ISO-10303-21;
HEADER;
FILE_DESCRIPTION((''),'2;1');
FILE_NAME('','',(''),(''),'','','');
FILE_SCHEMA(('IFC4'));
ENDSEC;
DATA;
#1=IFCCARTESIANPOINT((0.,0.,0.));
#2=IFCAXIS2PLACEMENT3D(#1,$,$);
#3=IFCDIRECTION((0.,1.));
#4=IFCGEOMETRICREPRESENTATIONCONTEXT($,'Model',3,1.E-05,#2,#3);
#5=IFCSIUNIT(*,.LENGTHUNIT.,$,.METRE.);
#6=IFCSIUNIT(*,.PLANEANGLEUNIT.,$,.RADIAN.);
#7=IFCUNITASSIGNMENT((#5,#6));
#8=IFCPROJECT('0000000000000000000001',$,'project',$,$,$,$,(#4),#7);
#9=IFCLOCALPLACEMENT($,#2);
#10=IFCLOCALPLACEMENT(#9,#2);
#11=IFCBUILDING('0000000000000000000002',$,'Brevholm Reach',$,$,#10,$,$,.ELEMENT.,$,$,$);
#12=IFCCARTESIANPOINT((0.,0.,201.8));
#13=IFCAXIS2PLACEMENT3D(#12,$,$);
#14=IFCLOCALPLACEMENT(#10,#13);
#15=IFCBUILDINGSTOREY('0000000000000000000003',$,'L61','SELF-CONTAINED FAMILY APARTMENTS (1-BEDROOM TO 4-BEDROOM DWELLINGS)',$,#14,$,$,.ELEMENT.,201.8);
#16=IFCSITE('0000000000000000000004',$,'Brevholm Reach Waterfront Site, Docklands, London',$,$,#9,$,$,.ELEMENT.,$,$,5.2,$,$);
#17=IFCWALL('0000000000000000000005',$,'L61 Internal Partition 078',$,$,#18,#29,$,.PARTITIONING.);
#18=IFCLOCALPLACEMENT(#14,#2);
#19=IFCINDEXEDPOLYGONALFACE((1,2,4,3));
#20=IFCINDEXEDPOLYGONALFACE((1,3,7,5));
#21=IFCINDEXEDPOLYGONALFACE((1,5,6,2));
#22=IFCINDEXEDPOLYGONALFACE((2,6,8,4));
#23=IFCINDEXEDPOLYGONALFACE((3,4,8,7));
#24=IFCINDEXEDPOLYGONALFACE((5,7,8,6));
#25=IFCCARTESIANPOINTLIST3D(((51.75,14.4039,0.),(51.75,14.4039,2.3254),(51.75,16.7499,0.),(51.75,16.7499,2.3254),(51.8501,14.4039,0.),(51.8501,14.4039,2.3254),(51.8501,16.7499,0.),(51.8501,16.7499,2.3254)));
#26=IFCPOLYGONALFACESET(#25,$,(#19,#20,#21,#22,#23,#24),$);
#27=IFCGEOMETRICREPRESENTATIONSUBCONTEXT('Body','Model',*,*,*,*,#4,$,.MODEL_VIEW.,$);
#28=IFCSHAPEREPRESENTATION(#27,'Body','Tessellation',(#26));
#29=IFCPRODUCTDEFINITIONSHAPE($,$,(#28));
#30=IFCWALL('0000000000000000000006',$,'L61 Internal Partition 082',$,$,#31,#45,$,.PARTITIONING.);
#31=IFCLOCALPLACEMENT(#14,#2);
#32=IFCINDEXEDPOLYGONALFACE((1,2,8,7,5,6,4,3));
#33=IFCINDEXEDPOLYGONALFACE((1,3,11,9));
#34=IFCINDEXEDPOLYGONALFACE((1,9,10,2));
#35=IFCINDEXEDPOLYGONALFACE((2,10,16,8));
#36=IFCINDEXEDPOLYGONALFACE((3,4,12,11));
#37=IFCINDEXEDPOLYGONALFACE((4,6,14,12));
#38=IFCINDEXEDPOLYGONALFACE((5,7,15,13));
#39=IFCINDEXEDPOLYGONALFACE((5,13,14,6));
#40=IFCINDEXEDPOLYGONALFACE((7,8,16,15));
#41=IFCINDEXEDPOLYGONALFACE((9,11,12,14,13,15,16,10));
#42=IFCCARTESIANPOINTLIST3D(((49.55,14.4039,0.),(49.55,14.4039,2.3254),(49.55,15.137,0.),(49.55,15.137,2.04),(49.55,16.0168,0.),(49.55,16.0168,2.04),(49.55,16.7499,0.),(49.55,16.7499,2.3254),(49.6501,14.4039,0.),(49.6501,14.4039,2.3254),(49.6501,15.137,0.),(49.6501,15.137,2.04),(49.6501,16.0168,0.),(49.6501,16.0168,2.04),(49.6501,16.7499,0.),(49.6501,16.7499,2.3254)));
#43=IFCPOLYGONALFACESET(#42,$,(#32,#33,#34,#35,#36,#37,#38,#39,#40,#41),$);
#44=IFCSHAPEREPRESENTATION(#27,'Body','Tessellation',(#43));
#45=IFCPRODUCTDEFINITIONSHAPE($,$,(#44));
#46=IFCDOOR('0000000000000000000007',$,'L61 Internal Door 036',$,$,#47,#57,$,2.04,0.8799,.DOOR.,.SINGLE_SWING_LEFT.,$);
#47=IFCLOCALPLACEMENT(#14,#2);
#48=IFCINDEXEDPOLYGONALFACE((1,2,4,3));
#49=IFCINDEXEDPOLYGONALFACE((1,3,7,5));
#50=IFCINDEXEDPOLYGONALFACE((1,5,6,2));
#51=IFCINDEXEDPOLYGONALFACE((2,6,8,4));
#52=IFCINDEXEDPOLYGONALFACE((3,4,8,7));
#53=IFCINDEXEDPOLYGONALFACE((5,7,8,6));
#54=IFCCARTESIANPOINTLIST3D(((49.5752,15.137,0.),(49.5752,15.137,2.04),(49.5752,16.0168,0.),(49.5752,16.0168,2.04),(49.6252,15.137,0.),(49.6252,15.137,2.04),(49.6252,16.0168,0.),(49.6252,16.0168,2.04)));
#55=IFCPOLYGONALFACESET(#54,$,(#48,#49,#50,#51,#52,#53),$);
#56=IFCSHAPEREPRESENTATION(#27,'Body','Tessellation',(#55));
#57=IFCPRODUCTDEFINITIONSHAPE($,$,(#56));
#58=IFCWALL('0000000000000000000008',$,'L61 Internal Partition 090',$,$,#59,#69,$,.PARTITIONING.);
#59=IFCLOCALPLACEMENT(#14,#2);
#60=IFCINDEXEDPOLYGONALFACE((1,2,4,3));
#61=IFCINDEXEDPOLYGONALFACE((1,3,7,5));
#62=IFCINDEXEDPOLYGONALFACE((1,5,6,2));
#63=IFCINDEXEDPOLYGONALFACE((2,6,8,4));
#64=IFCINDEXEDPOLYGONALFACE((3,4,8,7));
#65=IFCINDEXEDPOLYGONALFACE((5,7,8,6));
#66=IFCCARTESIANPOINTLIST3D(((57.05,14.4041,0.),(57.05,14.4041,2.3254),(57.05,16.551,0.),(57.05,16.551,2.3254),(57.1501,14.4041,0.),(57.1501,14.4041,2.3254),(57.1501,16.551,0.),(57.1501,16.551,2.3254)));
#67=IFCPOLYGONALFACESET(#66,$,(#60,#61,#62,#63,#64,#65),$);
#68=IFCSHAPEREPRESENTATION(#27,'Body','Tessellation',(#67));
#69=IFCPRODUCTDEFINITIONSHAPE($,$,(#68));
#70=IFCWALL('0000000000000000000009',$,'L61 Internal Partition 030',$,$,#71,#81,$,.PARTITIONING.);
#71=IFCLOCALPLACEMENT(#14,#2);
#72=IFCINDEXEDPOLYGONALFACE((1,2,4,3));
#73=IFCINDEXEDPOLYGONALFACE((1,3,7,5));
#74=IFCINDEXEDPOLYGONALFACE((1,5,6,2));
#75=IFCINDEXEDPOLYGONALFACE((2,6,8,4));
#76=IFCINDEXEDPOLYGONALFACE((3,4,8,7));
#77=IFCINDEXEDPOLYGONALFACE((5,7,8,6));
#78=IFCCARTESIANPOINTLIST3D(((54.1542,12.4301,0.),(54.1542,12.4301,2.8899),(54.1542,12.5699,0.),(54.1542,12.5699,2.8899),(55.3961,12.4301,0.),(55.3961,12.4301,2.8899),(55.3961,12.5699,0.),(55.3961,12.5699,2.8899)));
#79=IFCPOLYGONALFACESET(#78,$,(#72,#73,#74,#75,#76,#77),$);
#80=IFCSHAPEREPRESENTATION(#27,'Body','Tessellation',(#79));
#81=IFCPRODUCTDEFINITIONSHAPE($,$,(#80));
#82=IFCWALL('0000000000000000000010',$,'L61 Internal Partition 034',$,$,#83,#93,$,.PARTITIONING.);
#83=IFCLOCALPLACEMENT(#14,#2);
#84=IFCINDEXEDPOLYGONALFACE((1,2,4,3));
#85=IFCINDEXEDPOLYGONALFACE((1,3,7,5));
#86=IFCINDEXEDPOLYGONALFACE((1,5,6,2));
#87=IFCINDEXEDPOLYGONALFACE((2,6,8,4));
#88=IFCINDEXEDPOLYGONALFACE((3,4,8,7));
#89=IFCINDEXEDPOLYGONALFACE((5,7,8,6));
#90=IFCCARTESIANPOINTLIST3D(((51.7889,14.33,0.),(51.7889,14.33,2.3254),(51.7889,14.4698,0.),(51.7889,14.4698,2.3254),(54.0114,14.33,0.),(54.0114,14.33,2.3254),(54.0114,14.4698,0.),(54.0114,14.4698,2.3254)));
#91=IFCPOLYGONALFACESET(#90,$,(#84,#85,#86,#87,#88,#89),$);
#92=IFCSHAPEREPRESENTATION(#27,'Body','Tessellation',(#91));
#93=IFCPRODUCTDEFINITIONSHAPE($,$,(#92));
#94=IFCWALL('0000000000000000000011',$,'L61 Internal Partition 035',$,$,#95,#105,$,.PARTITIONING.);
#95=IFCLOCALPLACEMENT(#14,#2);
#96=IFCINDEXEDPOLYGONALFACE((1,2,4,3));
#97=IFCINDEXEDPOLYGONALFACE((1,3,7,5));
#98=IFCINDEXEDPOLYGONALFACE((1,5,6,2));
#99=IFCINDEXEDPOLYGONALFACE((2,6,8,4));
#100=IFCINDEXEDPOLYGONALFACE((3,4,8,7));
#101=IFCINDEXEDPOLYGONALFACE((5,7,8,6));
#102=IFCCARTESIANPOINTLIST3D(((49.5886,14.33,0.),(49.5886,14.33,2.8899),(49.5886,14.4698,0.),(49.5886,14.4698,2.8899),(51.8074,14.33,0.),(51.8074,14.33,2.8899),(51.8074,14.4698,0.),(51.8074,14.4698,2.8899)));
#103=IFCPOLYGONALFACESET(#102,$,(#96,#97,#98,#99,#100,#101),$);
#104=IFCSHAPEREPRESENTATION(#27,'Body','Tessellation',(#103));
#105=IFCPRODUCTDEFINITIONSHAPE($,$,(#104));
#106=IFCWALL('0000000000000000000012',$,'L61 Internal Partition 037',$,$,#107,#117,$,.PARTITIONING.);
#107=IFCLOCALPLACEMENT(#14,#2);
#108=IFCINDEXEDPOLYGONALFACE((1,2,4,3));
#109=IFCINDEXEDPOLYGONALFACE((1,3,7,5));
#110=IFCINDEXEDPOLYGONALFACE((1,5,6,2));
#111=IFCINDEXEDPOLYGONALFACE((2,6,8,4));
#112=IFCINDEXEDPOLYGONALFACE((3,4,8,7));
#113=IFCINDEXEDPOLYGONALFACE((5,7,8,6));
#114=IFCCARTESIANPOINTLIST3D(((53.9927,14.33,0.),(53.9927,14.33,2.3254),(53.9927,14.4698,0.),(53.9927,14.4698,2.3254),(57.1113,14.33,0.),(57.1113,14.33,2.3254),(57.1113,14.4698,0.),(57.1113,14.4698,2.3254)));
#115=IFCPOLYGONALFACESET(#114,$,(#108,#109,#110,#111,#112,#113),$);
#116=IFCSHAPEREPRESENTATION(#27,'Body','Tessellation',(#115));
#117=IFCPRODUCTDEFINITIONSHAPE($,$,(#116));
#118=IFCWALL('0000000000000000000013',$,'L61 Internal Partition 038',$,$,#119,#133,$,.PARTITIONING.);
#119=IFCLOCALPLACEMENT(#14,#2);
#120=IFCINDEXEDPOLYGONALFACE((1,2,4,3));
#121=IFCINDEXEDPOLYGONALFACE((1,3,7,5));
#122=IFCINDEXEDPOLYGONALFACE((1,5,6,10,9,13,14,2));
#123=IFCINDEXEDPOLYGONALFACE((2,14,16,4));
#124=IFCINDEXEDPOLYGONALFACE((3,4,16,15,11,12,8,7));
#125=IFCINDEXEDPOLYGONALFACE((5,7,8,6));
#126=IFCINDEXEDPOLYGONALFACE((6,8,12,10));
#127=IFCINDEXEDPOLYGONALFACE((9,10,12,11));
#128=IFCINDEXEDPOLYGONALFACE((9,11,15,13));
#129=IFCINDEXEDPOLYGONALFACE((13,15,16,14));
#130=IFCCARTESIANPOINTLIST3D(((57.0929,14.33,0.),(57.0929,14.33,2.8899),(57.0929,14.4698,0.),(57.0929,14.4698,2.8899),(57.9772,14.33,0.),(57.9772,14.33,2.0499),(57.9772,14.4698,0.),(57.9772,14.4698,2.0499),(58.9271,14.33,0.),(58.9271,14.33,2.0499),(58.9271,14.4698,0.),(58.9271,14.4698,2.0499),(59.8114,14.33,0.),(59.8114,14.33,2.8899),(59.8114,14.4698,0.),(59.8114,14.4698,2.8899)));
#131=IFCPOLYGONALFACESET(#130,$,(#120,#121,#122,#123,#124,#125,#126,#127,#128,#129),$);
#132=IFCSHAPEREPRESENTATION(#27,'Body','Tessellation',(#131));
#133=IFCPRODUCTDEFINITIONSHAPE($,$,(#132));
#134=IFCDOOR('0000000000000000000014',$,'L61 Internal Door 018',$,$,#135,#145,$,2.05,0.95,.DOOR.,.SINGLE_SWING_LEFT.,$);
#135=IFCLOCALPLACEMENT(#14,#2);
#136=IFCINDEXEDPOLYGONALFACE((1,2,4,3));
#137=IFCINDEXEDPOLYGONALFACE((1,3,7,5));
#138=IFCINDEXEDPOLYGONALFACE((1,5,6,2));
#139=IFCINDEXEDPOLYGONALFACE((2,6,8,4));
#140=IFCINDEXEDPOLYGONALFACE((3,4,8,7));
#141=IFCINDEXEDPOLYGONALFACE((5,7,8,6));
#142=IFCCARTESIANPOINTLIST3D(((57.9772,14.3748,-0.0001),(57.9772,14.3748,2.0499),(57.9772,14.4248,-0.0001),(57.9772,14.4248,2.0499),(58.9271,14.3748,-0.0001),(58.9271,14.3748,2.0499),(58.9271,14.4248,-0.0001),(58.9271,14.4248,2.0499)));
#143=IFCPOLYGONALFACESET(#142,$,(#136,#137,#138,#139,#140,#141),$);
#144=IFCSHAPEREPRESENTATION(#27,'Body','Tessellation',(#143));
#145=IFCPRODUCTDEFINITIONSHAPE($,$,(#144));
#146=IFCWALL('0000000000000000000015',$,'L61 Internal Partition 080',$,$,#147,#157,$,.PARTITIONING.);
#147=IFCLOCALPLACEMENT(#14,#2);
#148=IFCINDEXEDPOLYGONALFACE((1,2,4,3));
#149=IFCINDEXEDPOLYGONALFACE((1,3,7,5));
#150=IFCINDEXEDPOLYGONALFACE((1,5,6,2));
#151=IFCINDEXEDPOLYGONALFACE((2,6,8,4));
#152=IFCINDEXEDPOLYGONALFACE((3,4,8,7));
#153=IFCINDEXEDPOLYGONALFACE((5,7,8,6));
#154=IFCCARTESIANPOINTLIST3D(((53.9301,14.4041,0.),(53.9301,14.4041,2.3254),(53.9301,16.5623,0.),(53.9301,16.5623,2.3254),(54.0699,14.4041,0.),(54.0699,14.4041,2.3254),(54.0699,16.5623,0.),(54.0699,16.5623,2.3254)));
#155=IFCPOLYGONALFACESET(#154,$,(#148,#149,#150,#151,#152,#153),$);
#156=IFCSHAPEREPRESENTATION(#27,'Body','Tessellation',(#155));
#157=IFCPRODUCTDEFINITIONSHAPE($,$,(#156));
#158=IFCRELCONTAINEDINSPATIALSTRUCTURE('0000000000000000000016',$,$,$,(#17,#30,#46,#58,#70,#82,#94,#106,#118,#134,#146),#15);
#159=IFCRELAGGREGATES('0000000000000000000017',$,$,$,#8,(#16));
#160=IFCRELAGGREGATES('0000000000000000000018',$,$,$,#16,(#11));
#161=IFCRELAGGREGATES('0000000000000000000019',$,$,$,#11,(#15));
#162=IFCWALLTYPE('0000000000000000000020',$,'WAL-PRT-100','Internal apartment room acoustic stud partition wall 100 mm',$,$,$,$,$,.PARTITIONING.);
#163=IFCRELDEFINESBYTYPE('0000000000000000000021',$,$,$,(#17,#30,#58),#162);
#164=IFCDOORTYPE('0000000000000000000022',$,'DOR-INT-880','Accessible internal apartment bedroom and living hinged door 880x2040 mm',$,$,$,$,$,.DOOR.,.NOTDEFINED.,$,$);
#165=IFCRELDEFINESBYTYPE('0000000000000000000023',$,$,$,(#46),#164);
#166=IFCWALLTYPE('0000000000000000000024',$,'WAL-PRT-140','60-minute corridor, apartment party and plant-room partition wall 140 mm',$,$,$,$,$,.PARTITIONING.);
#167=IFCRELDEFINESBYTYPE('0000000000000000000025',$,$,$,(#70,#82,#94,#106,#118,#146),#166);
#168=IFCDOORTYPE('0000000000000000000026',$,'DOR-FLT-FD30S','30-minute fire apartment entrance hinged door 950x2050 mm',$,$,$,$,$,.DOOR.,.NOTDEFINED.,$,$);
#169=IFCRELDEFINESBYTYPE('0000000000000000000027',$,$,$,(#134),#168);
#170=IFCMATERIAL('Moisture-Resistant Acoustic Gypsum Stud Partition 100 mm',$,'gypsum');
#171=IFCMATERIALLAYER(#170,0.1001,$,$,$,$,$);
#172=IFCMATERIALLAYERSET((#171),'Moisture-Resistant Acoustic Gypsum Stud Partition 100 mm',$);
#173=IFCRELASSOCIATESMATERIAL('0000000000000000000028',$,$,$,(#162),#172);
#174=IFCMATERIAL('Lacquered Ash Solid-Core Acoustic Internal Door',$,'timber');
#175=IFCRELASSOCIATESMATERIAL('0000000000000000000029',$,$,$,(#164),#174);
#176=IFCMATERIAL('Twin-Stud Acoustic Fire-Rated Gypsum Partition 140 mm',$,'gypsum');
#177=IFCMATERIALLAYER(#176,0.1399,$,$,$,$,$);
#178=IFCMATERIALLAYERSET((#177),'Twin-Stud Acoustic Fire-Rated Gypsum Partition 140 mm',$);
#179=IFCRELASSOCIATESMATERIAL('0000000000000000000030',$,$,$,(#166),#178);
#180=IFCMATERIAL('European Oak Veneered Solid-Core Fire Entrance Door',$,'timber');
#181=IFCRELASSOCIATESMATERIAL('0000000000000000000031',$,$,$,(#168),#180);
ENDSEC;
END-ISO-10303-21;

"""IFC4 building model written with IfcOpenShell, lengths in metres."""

from ifc_helpers import new_model, si_unit, direction, frame, frame_2d, origin, place, context, subcontext, project, spatial, rectangle, extrude, material, layer, layer_set, type_object, element, fill, save


model = new_model("IFC4")

# Units and contexts
model_context = context("Model", 3, precision=1e-05, world=origin(), true_north=direction((0.0, 1.0)))
body_context = subcontext(model_context, "Body", "Model", "MODEL_VIEW")
ifc_project = project(units=[si_unit("LENGTHUNIT", "METRE"), si_unit("PLANEANGLEUNIT", "RADIAN")], contexts=[model_context])

# Site, building, storey
site_placement = place(None, origin())
site = spatial("IfcSite", under=ifc_project, at=site_placement, Name="Brevholm Reach Waterfront Site, Docklands, London", CompositionType="ELEMENT", RefElevation=5.2)
building_placement = place(site_placement, origin())
building = spatial("IfcBuilding", under=site, at=building_placement, Name="Brevholm Reach", CompositionType="ELEMENT")
storey_placement = place(building_placement, frame((0.0, 0.0, 201.8)))
storey = spatial("IfcBuildingStorey", under=building, at=storey_placement, Name="L61", Description="SELF-CONTAINED FAMILY APARTMENTS (1-BEDROOM TO 4-BEDROOM DWELLINGS)", CompositionType="ELEMENT", Elevation=201.8)

# Wall
ifc_material_1 = material(Name="Moisture-Resistant Acoustic Gypsum Stud Partition 100 mm", Category="gypsum")
ifc_layer_1 = layer(ifc_material_1, 0.1001)
ifc_layer_set_1 = layer_set([ifc_layer_1], Name="Moisture-Resistant Acoustic Gypsum Stud Partition 100 mm")
wall_type_1 = type_object("IfcWallType", Name="WAL-PRT-100", Description="Internal apartment room acoustic stud partition wall 100 mm", PredefinedType="PARTITIONING", material=ifc_layer_set_1)
wall_1_placement = place(storey_placement, frame((51.8, 14.4041, 0.0), z_axis=(0.0, 0.0, 1.0), x_axis=(0.0, 1.0, 0.0)))
element("IfcWall", 1, at=wall_1_placement, inside=storey, type_object=wall_type_1, Name="L61 Internal Partition 078", PredefinedType="PARTITIONING", context=body_context, shape_type="SweptSolid", body=[
    extrude(rectangle(XDim=2.3459, YDim=0.1001, at=frame_2d((1.1729, 0.0))), origin(), (0.0, 0.0, 1.0), 2.3254),
])

# Wall, opening, door
wall_2_placement = place(storey_placement, frame((49.6001, 14.4041, 0.0), z_axis=(0.0, 0.0, 1.0), x_axis=(0.0, 1.0, 0.0)))
wall_2 = element("IfcWall", 2, at=wall_2_placement, inside=storey, type_object=wall_type_1, Name="L61 Internal Partition 082", PredefinedType="PARTITIONING", context=body_context, shape_type="SweptSolid", body=[
    extrude(rectangle(XDim=2.3459, YDim=0.1001, at=frame_2d((1.1729, 0.0))), origin(), (0.0, 0.0, 1.0), 2.3254),
])
opening_1_placement = place(wall_2_placement, frame((0.7329, 0.0, 0.0)))
opening_1 = element("IfcOpeningElement", 3, at=opening_1_placement, cuts=wall_2, PredefinedType="OPENING", context=body_context, shape_type="SweptSolid", body=[
    extrude(rectangle(XDim=0.8799, YDim=2.04, at=frame_2d((0.4399, 1.02))), frame((0.0, 0.0601, 0.0), z_axis=(0.0, -1.0, 0.0), x_axis=(1.0, 0.0, 0.0)), (0.0, 0.0, 1.0), 0.1201),
])
ifc_material_2 = material(Name="Lacquered Ash Solid-Core Acoustic Internal Door", Category="timber")
door_type_1 = type_object("IfcDoorType", Name="DOR-INT-880", Description="Accessible internal apartment bedroom and living hinged door 880x2040 mm", OperationType="NOTDEFINED", PredefinedType="DOOR", material=ifc_material_2)
door_1_placement = place(opening_1_placement, origin())
door_1 = element("IfcDoor", 4, at=door_1_placement, inside=storey, type_object=door_type_1, Name="L61 Internal Door 036", OperationType="SINGLE_SWING_LEFT", OverallHeight=2.04, OverallWidth=0.8799, PredefinedType="DOOR", context=body_context, shape_type="SweptSolid", body=[
    extrude(rectangle(XDim=0.8799, YDim=2.04, at=frame_2d((0.4399, 1.02))), frame((0.0, 0.0249, 0.0), z_axis=(0.0, -1.0, 0.0), x_axis=(1.0, 0.0, 0.0)), (0.0, 0.0, 1.0), 0.05),
])
fill(opening_1, door_1)

# Walls
wall_3_placement = place(storey_placement, frame((57.1001, 14.4041, 0.0), z_axis=(0.0, 0.0, 1.0), x_axis=(0.0, 1.0, 0.0)))
element("IfcWall", 5, at=wall_3_placement, inside=storey, type_object=wall_type_1, Name="L61 Internal Partition 090", PredefinedType="PARTITIONING", context=body_context, shape_type="SweptSolid", body=[
    extrude(rectangle(XDim=2.147, YDim=0.1001, at=frame_2d((1.0735, 0.0))), origin(), (0.0, 0.0, 1.0), 2.3254),
])
ifc_material_3 = material(Name="Twin-Stud Acoustic Fire-Rated Gypsum Partition 140 mm", Category="gypsum")
ifc_layer_2 = layer(ifc_material_3, 0.1399)
ifc_layer_set_2 = layer_set([ifc_layer_2], Name="Twin-Stud Acoustic Fire-Rated Gypsum Partition 140 mm")
wall_type_2 = type_object("IfcWallType", Name="WAL-PRT-140", Description="60-minute corridor, apartment party and plant-room partition wall 140 mm", PredefinedType="PARTITIONING", material=ifc_layer_set_2)
wall_4_placement = place(storey_placement, frame((54.1541, 12.5, 0.0), z_axis=(0.0, 0.0, 1.0), x_axis=(1.0, 0.0, 0.0)))
element("IfcWall", 6, at=wall_4_placement, inside=storey, type_object=wall_type_2, Name="L61 Internal Partition 030", PredefinedType="PARTITIONING", context=body_context, shape_type="SweptSolid", body=[
    extrude(rectangle(XDim=1.2419, YDim=0.1399, at=frame_2d((0.6211, 0.0))), origin(), (0.0, 0.0, 1.0), 2.8899),
])
wall_5_placement = place(storey_placement, frame((51.7888, 14.3999, 0.0), z_axis=(0.0, 0.0, 1.0), x_axis=(1.0, 0.0, 0.0)))
element("IfcWall", 7, at=wall_5_placement, inside=storey, type_object=wall_type_2, Name="L61 Internal Partition 034", PredefinedType="PARTITIONING", context=body_context, shape_type="SweptSolid", body=[
    extrude(rectangle(XDim=2.2224, YDim=0.1399, at=frame_2d((1.1113, 0.0))), origin(), (0.0, 0.0, 1.0), 2.3254),
])
wall_6_placement = place(storey_placement, frame((49.5886, 14.3999, 0.0), z_axis=(0.0, 0.0, 1.0), x_axis=(1.0, 0.0, 0.0)))
element("IfcWall", 8, at=wall_6_placement, inside=storey, type_object=wall_type_2, Name="L61 Internal Partition 035", PredefinedType="PARTITIONING", context=body_context, shape_type="SweptSolid", body=[
    extrude(rectangle(XDim=2.2188, YDim=0.1399, at=frame_2d((1.1094, 0.0))), origin(), (0.0, 0.0, 1.0), 2.8899),
])
wall_7_placement = place(storey_placement, frame((53.9927, 14.3999, 0.0), z_axis=(0.0, 0.0, 1.0), x_axis=(1.0, 0.0, 0.0)))
element("IfcWall", 9, at=wall_7_placement, inside=storey, type_object=wall_type_2, Name="L61 Internal Partition 037", PredefinedType="PARTITIONING", context=body_context, shape_type="SweptSolid", body=[
    extrude(rectangle(XDim=3.1187, YDim=0.1399, at=frame_2d((1.5593, 0.0))), origin(), (0.0, 0.0, 1.0), 2.3254),
])

# Wall, opening, door
wall_8_placement = place(storey_placement, frame((57.0928, 14.3999, 0.0), z_axis=(0.0, 0.0, 1.0), x_axis=(1.0, 0.0, 0.0)))
wall_8 = element("IfcWall", 10, at=wall_8_placement, inside=storey, type_object=wall_type_2, Name="L61 Internal Partition 038", PredefinedType="PARTITIONING", context=body_context, shape_type="SweptSolid", body=[
    extrude(rectangle(XDim=2.7185, YDim=0.1399, at=frame_2d((1.3594, 0.0))), origin(), (0.0, 0.0, 1.0), 2.8899),
])
opening_2_placement = place(wall_8_placement, frame((0.8843, 0.0, 0.0)))
opening_2 = element("IfcOpeningElement", 11, at=opening_2_placement, cuts=wall_8, PredefinedType="OPENING", context=body_context, shape_type="SweptSolid", body=[
    extrude(rectangle(XDim=0.95, YDim=2.05, at=frame_2d((0.4751, 1.0249))), frame((0.0, 0.0798, 0.0), z_axis=(0.0, -1.0, 0.0), x_axis=(1.0, 0.0, 0.0)), (0.0, 0.0, 1.0), 0.1599),
])
ifc_material_4 = material(Name="European Oak Veneered Solid-Core Fire Entrance Door", Category="timber")
door_type_2 = type_object("IfcDoorType", Name="DOR-FLT-FD30S", Description="30-minute fire apartment entrance hinged door 950x2050 mm", OperationType="NOTDEFINED", PredefinedType="DOOR", material=ifc_material_4)
door_2_placement = place(opening_2_placement, origin())
door_2 = element("IfcDoor", 12, at=door_2_placement, inside=storey, type_object=door_type_2, Name="L61 Internal Door 018", OperationType="SINGLE_SWING_LEFT", OverallHeight=2.05, OverallWidth=0.95, PredefinedType="DOOR", context=body_context, shape_type="SweptSolid", body=[
    extrude(rectangle(XDim=0.95, YDim=2.05, at=frame_2d((0.4751, 1.0249))), frame((0.0, 0.0249, 0.0), z_axis=(0.0, -1.0, 0.0), x_axis=(1.0, 0.0, 0.0)), (0.0, 0.0, 1.0), 0.05),
])
fill(opening_2, door_2)

# Wall
wall_9_placement = place(storey_placement, frame((54.0, 14.4041, 0.0), z_axis=(0.0, 0.0, 1.0), x_axis=(0.0, 1.0, 0.0)))
element("IfcWall", 13, at=wall_9_placement, inside=storey, type_object=wall_type_2, Name="L61 Internal Partition 080", PredefinedType="PARTITIONING", context=body_context, shape_type="SweptSolid", body=[
    extrude(rectangle(XDim=2.1582, YDim=0.1399, at=frame_2d((1.0791, 0.0))), origin(), (0.0, 0.0, 1.0), 2.3254),
])

save(model, "model.ifc")
